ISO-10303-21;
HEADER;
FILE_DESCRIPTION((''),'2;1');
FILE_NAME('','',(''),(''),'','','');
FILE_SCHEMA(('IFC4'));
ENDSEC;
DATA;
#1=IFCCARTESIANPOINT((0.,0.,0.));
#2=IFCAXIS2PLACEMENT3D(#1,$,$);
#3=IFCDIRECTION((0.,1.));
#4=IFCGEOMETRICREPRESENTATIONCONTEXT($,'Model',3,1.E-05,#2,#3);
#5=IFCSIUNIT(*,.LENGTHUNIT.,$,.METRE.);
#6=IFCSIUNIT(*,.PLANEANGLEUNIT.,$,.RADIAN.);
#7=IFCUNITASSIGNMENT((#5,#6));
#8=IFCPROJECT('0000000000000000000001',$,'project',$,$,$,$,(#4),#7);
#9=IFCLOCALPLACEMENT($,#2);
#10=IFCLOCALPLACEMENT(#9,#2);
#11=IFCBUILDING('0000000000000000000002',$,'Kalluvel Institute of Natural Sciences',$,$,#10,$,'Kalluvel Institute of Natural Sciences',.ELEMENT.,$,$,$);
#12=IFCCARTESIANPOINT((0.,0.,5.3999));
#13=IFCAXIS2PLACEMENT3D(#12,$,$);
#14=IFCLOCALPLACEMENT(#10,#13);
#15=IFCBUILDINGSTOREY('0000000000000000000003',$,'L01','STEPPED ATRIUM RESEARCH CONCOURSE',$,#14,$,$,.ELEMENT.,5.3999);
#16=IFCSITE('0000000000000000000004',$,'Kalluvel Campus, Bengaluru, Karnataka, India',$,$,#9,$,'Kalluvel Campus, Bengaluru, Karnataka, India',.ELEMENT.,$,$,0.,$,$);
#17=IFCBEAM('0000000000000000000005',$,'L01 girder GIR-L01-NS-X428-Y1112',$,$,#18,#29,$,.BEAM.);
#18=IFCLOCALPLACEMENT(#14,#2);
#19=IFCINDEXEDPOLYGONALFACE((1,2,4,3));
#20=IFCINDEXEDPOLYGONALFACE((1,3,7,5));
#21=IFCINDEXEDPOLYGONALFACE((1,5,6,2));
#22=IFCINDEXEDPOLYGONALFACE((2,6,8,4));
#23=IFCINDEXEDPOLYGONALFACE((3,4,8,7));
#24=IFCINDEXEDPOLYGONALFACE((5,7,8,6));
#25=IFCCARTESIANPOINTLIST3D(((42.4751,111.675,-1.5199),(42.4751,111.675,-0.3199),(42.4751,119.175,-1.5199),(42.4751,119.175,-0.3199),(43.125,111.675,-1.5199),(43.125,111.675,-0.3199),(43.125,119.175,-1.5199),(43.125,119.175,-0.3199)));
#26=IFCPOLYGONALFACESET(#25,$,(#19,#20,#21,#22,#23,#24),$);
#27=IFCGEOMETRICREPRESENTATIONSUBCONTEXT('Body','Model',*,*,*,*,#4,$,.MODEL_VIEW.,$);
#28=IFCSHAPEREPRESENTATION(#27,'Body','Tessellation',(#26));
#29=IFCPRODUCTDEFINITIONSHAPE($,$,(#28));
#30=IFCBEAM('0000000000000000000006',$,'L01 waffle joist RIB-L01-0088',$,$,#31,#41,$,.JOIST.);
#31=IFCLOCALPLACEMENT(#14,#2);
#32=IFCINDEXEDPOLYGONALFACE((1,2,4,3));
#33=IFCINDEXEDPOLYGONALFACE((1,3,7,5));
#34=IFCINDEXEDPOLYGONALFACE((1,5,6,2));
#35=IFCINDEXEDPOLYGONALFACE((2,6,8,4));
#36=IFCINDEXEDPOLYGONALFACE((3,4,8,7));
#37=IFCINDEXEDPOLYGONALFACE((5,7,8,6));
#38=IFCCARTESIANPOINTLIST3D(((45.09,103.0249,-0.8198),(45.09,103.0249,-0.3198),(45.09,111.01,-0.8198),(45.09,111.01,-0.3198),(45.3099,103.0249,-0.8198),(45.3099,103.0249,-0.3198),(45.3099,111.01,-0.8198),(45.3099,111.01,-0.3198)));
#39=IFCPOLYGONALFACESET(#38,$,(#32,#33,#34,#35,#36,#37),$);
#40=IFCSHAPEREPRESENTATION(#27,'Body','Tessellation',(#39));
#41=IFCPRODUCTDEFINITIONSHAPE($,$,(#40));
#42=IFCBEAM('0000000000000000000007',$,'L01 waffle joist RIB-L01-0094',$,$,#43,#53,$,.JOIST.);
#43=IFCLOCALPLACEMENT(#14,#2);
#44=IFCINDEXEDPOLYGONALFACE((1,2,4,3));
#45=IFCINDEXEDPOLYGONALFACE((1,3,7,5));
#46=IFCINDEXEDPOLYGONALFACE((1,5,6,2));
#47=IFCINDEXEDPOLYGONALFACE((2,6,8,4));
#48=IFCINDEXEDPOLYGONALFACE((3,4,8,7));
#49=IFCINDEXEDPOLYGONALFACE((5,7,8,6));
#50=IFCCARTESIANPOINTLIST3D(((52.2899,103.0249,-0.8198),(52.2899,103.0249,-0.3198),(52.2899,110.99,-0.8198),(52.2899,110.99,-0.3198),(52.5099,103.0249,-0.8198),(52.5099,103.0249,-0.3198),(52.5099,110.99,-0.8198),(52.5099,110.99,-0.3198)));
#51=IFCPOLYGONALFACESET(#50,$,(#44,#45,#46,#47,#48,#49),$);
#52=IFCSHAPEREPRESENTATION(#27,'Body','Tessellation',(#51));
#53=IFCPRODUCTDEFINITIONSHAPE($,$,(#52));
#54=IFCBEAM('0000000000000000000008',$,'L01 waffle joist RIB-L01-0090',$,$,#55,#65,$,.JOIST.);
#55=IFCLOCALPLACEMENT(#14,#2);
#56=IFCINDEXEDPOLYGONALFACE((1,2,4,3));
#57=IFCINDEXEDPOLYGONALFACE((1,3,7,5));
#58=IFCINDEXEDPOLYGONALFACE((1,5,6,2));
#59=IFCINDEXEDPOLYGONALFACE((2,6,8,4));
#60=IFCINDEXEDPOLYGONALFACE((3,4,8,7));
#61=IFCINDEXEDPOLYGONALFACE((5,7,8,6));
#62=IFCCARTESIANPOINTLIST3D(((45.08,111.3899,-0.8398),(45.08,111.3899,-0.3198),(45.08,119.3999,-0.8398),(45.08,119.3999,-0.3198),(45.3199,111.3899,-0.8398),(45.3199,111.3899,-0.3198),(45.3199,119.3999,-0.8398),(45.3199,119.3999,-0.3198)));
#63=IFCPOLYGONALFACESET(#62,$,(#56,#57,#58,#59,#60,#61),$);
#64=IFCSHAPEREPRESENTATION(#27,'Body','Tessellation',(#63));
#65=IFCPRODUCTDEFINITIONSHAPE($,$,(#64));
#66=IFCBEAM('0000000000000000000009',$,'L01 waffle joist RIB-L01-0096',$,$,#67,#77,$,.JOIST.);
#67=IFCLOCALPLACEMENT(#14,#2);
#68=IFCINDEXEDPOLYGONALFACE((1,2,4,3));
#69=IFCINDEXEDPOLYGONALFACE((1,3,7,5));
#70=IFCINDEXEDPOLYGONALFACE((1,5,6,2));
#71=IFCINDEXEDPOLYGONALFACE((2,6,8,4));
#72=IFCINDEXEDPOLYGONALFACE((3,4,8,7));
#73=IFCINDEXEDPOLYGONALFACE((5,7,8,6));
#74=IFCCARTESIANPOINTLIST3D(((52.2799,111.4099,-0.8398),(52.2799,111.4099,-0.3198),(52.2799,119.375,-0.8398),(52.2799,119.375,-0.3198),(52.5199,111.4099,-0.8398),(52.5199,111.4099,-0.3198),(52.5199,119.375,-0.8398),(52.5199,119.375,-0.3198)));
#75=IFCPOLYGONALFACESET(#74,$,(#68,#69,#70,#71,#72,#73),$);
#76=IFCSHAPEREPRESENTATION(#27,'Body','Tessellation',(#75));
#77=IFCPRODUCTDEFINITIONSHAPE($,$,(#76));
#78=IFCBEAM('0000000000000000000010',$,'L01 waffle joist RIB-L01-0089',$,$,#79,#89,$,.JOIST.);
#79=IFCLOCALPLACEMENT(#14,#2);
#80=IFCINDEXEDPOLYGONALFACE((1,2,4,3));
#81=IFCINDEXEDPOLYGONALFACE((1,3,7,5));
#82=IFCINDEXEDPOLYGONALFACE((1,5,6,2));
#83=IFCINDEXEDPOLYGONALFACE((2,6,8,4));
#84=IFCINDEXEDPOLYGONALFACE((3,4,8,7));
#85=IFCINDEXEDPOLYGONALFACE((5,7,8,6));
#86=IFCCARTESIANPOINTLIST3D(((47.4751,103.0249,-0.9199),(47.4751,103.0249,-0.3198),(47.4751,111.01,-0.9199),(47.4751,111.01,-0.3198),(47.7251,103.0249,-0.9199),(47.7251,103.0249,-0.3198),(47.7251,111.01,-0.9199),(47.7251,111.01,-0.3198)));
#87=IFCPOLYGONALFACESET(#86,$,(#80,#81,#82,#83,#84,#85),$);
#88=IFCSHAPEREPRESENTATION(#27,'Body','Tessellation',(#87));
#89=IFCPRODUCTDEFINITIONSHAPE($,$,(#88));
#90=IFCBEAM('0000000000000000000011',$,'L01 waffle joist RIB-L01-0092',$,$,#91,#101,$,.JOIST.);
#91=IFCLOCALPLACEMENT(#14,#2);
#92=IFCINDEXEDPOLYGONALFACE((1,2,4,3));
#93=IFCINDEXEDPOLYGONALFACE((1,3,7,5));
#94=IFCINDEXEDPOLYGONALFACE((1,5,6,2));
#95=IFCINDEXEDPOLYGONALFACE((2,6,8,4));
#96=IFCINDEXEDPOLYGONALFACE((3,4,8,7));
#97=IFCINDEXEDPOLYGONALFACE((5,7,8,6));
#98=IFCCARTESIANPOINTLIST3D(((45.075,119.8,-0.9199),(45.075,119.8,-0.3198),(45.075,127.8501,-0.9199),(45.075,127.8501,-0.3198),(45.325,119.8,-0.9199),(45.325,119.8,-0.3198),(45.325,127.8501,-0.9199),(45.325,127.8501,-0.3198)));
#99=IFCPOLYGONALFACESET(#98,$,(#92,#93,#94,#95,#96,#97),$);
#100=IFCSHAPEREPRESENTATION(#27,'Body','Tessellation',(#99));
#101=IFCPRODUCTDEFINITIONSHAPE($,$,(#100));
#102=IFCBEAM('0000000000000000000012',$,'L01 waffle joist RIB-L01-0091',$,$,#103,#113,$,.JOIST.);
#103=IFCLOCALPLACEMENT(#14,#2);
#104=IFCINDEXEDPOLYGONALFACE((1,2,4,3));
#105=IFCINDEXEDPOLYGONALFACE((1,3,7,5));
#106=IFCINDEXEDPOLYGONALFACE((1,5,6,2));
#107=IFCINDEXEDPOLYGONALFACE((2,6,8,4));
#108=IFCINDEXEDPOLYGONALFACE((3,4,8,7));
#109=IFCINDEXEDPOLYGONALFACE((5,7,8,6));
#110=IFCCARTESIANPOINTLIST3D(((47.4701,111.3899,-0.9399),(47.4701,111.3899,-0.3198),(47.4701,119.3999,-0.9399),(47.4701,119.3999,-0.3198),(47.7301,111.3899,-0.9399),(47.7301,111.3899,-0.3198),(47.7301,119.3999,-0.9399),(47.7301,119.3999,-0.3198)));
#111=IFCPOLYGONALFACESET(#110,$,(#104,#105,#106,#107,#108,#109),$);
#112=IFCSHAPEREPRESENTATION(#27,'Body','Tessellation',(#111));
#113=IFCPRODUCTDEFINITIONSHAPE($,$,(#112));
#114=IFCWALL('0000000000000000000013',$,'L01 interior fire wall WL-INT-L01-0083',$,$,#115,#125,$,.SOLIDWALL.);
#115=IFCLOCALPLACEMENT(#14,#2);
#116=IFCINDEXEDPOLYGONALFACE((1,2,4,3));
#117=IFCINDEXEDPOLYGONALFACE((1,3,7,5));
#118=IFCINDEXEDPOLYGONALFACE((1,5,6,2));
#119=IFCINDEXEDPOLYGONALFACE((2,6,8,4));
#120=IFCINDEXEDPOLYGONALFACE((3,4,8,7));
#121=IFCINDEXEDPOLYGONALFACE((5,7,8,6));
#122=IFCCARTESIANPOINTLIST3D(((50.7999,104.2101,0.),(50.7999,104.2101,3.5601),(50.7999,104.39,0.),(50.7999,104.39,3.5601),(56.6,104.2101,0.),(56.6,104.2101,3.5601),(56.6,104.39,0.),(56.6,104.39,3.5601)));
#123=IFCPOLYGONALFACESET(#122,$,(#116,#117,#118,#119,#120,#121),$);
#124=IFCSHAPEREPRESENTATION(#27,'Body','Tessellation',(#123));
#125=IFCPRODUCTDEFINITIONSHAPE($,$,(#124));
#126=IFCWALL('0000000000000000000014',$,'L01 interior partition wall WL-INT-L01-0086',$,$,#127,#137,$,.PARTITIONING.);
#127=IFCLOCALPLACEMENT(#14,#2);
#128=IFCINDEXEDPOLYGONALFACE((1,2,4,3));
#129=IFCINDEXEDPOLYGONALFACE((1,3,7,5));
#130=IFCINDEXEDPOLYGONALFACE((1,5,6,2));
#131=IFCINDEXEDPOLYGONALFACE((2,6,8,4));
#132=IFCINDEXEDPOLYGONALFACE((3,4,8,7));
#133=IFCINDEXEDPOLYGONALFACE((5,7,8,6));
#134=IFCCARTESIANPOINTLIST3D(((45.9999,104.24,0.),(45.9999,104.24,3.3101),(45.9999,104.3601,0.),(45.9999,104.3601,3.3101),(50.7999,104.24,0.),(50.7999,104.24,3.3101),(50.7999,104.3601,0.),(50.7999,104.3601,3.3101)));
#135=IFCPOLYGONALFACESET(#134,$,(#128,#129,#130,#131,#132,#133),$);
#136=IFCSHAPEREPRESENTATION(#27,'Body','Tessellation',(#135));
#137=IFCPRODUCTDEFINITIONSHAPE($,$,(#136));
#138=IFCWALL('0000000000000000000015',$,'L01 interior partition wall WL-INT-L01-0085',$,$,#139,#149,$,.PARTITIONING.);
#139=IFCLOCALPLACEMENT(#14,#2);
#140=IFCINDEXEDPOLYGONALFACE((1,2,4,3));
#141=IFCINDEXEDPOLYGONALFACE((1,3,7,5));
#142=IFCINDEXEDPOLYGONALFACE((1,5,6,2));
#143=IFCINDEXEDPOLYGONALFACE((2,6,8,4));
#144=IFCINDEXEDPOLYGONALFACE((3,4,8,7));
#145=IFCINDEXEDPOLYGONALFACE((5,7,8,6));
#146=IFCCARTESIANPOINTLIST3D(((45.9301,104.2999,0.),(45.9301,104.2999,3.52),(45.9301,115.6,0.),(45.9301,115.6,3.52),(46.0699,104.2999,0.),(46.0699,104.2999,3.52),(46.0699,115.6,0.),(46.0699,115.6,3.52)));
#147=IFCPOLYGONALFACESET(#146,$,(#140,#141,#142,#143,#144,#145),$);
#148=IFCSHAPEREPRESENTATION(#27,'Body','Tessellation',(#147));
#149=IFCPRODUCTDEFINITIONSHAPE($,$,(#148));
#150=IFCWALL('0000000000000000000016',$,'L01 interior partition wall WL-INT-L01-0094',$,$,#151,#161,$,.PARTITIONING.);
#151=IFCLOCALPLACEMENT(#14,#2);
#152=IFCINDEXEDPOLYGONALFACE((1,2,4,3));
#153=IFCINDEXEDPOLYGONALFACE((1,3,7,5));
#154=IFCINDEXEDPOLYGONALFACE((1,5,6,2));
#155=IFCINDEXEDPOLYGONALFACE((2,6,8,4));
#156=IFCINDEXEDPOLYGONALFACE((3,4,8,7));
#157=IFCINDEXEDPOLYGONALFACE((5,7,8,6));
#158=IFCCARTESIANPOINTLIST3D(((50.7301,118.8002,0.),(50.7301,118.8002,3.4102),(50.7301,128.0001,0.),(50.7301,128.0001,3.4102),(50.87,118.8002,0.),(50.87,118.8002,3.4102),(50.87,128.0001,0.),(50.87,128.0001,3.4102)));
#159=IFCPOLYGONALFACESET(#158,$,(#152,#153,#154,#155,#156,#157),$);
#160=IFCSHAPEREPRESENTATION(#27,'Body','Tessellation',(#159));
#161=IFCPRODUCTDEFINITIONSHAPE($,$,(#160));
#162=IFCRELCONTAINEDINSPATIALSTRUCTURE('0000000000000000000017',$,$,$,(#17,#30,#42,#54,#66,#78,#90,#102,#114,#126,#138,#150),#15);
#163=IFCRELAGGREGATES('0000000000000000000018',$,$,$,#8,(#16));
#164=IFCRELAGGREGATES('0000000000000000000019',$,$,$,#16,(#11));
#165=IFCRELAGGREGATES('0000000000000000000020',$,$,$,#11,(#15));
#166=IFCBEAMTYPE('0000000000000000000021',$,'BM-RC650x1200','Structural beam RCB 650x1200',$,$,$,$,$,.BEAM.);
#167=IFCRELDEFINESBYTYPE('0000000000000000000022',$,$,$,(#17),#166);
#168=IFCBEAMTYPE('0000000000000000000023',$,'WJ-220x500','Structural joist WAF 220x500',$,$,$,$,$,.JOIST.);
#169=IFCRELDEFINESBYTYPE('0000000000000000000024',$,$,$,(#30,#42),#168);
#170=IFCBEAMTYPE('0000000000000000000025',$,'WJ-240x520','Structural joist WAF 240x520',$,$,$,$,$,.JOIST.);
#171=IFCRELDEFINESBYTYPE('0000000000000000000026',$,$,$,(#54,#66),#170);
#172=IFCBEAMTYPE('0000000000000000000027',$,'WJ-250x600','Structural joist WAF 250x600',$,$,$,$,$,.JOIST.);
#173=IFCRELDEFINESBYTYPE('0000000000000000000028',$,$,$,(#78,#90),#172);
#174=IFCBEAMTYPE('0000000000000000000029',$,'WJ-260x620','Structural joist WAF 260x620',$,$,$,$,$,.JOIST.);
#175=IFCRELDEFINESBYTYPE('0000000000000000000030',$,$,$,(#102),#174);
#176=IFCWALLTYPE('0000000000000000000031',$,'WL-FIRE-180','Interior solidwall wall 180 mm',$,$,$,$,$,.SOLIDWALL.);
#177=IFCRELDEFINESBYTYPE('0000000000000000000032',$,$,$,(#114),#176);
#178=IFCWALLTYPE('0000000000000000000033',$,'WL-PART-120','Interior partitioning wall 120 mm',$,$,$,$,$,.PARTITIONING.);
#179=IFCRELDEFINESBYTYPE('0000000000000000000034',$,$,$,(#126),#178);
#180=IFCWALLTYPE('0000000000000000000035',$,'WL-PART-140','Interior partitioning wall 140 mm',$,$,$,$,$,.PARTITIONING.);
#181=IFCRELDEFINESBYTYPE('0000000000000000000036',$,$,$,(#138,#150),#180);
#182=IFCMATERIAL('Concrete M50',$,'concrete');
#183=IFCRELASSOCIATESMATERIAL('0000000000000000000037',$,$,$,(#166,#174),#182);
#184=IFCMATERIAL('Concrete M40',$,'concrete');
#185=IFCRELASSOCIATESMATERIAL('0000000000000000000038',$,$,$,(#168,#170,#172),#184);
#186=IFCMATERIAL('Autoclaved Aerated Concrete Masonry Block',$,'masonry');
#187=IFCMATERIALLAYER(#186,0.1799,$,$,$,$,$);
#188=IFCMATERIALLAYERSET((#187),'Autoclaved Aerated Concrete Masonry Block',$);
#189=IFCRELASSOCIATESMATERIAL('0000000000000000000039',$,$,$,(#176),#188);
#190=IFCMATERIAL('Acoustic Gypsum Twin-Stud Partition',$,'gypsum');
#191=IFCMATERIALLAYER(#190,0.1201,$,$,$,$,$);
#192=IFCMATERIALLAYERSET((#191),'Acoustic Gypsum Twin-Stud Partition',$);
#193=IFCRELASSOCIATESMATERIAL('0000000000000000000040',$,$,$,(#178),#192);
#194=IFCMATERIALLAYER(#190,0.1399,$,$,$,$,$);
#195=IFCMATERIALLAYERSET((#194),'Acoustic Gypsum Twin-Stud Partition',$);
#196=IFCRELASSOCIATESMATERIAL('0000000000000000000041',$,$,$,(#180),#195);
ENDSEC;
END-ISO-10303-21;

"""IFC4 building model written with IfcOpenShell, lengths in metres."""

from ifc_helpers import new_model, si_unit, direction, frame, frame_2d, origin, origin_2d, place, context, subcontext, project, spatial, rectangle, extrude, material, layer, layer_set, material_profile, profile_set, type_object, element, save


model = new_model("IFC4")

# Units and contexts
model_context = context("Model", 3, precision=1e-05, world=origin(), true_north=direction((0.0, 1.0)))
body_context = subcontext(model_context, "Body", "Model", "MODEL_VIEW")
ifc_project = project(units=[si_unit("LENGTHUNIT", "METRE"), si_unit("PLANEANGLEUNIT", "RADIAN")], contexts=[model_context])

# Site, building, storey
site_placement = place(None, origin())
site = spatial("IfcSite", under=ifc_project, at=site_placement, Name="Kalluvel Campus, Bengaluru, Karnataka, India", LongName="Kalluvel Campus, Bengaluru, Karnataka, India", CompositionType="ELEMENT", RefElevation=0.0)
building_placement = place(site_placement, origin())
building = spatial("IfcBuilding", under=site, at=building_placement, Name="Kalluvel Institute of Natural Sciences", LongName="Kalluvel Institute of Natural Sciences", CompositionType="ELEMENT")
storey_placement = place(building_placement, frame((0.0, 0.0, 5.3999)))
storey = spatial("IfcBuildingStorey", under=building, at=storey_placement, Name="L01", Description="STEPPED ATRIUM RESEARCH CONCOURSE", CompositionType="ELEMENT", Elevation=5.3999)

# Shared definitions
ifc_material_1 = material(Name="Concrete M50", Category="concrete")

# Beams
ifc_material_2 = material(Name="Concrete M40", Category="concrete")
ifc_material_profile_1 = material_profile(ifc_material_1, rectangle(XDim=0.6499, YDim=1.2, at=origin_2d()), Name="RCB 650x1200")
ifc_profile_set_1 = profile_set([ifc_material_profile_1], Name="Concrete M50")
beam_type_1 = type_object("IfcBeamType", Name="BM-RC650x1200", Description="Structural beam RCB 650x1200", PredefinedType="BEAM", material=ifc_profile_set_1)
beam_1_placement = place(storey_placement, frame((42.8, 111.675, -0.9199), z_axis=(0.0, 1.0, 0.0), x_axis=(-1.0, 0.0, 0.0)))
element("IfcBeam", 1, at=beam_1_placement, inside=storey, type_object=beam_type_1, Name="L01 girder GIR-L01-NS-X428-Y1112", PredefinedType="BEAM", context=body_context, shape_type="SweptSolid", body=[
    extrude(rectangle(XDim=0.6499, YDim=1.2, at=origin_2d()), origin(), (0.0, 0.0, 1.0), 7.5),
])
ifc_material_profile_2 = material_profile(ifc_material_2, rectangle(XDim=0.22, YDim=0.5, at=origin_2d()), Name="WAF 220x500")
ifc_profile_set_2 = profile_set([ifc_material_profile_2], Name="Concrete M40")
beam_type_2 = type_object("IfcBeamType", Name="WJ-220x500", Description="Structural joist WAF 220x500", PredefinedType="JOIST", material=ifc_profile_set_2)
beam_2_placement = place(storey_placement, frame((45.2, 103.0249, -0.5698), z_axis=(0.0, 1.0, 0.0), x_axis=(-1.0, 0.0, 0.0)))
element("IfcBeam", 2, at=beam_2_placement, inside=storey, type_object=beam_type_2, Name="L01 waffle joist RIB-L01-0088", PredefinedType="JOIST", context=body_context, shape_type="SweptSolid", body=[
    extrude(rectangle(XDim=0.22, YDim=0.5, at=origin_2d()), origin(), (0.0, 0.0, 1.0), 7.9851),
])
beam_3_placement = place(storey_placement, frame((52.3999, 103.0249, -0.5698), z_axis=(0.0, 1.0, 0.0), x_axis=(-1.0, 0.0, 0.0)))
element("IfcBeam", 3, at=beam_3_placement, inside=storey, type_object=beam_type_2, Name="L01 waffle joist RIB-L01-0094", PredefinedType="JOIST", context=body_context, shape_type="SweptSolid", body=[
    extrude(rectangle(XDim=0.22, YDim=0.5, at=origin_2d()), origin(), (0.0, 0.0, 1.0), 7.9651),
])
ifc_material_profile_3 = material_profile(ifc_material_2, rectangle(XDim=0.24, YDim=0.52, at=origin_2d()), Name="WAF 240x520")
ifc_profile_set_3 = profile_set([ifc_material_profile_3], Name="Concrete M40")
beam_type_3 = type_object("IfcBeamType", Name="WJ-240x520", Description="Structural joist WAF 240x520", PredefinedType="JOIST", material=ifc_profile_set_3)
beam_4_placement = place(storey_placement, frame((45.2, 111.3899, -0.5798), z_axis=(0.0, 1.0, 0.0), x_axis=(-1.0, 0.0, 0.0)))
element("IfcBeam", 4, at=beam_4_placement, inside=storey, type_object=beam_type_3, Name="L01 waffle joist RIB-L01-0090", PredefinedType="JOIST", context=body_context, shape_type="SweptSolid", body=[
    extrude(rectangle(XDim=0.24, YDim=0.52, at=origin_2d()), origin(), (0.0, 0.0, 1.0), 8.01),
])
beam_5_placement = place(storey_placement, frame((52.3999, 111.4099, -0.5798), z_axis=(0.0, 1.0, 0.0), x_axis=(-1.0, 0.0, 0.0)))
element("IfcBeam", 5, at=beam_5_placement, inside=storey, type_object=beam_type_3, Name="L01 waffle joist RIB-L01-0096", PredefinedType="JOIST", context=body_context, shape_type="SweptSolid", body=[
    extrude(rectangle(XDim=0.24, YDim=0.52, at=origin_2d()), origin(), (0.0, 0.0, 1.0), 7.9651),
])
ifc_material_profile_4 = material_profile(ifc_material_2, rectangle(XDim=0.25, YDim=0.6001, at=origin_2d()), Name="WAF 250x600")
ifc_profile_set_4 = profile_set([ifc_material_profile_4], Name="Concrete M40")
beam_type_4 = type_object("IfcBeamType", Name="WJ-250x600", Description="Structural joist WAF 250x600", PredefinedType="JOIST", material=ifc_profile_set_4)
beam_6_placement = place(storey_placement, frame((47.6001, 103.0249, -0.6199), z_axis=(0.0, 1.0, 0.0), x_axis=(-1.0, 0.0, 0.0)))
element("IfcBeam", 6, at=beam_6_placement, inside=storey, type_object=beam_type_4, Name="L01 waffle joist RIB-L01-0089", PredefinedType="JOIST", context=body_context, shape_type="SweptSolid", body=[
    extrude(rectangle(XDim=0.25, YDim=0.6001, at=origin_2d()), origin(), (0.0, 0.0, 1.0), 7.9851),
])
beam_7_placement = place(storey_placement, frame((45.2, 119.8, -0.6199), z_axis=(0.0, 1.0, 0.0), x_axis=(-1.0, 0.0, 0.0)))
element("IfcBeam", 7, at=beam_7_placement, inside=storey, type_object=beam_type_4, Name="L01 waffle joist RIB-L01-0092", PredefinedType="JOIST", context=body_context, shape_type="SweptSolid", body=[
    extrude(rectangle(XDim=0.25, YDim=0.6001, at=origin_2d()), origin(), (0.0, 0.0, 1.0), 8.05),
])
ifc_material_profile_5 = material_profile(ifc_material_1, rectangle(XDim=0.26, YDim=0.6201, at=origin_2d()), Name="WAF 260x620")
ifc_profile_set_5 = profile_set([ifc_material_profile_5], Name="Concrete M50")
beam_type_5 = type_object("IfcBeamType", Name="WJ-260x620", Description="Structural joist WAF 260x620", PredefinedType="JOIST", material=ifc_profile_set_5)
beam_8_placement = place(storey_placement, frame((47.6001, 111.3899, -0.6299), z_axis=(0.0, 1.0, 0.0), x_axis=(-1.0, 0.0, 0.0)))
element("IfcBeam", 8, at=beam_8_placement, inside=storey, type_object=beam_type_5, Name="L01 waffle joist RIB-L01-0091", PredefinedType="JOIST", context=body_context, shape_type="SweptSolid", body=[
    extrude(rectangle(XDim=0.26, YDim=0.6201, at=origin_2d()), origin(), (0.0, 0.0, 1.0), 8.01),
])

# Walls
ifc_material_3 = material(Name="Autoclaved Aerated Concrete Masonry Block", Category="masonry")
ifc_layer_1 = layer(ifc_material_3, 0.1799)
ifc_layer_set_1 = layer_set([ifc_layer_1], Name="Autoclaved Aerated Concrete Masonry Block")
wall_type_1 = type_object("IfcWallType", Name="WL-FIRE-180", Description="Interior solidwall wall 180 mm", PredefinedType="SOLIDWALL", material=ifc_layer_set_1)
wall_1_placement = place(storey_placement, frame((50.8, 104.3, 0.0), z_axis=(0.0, 0.0, 1.0), x_axis=(1.0, 0.0, 0.0)))
element("IfcWall", 9, at=wall_1_placement, inside=storey, type_object=wall_type_1, Name="L01 interior fire wall WL-INT-L01-0083", PredefinedType="SOLIDWALL", context=body_context, shape_type="SweptSolid", body=[
    extrude(rectangle(XDim=5.8, YDim=0.1799, at=frame_2d((2.8999, 0.0))), origin(), (0.0, 0.0, 1.0), 3.5601),
])
ifc_material_4 = material(Name="Acoustic Gypsum Twin-Stud Partition", Category="gypsum")
ifc_layer_2 = layer(ifc_material_4, 0.1201)
ifc_layer_set_2 = layer_set([ifc_layer_2], Name="Acoustic Gypsum Twin-Stud Partition")
wall_type_2 = type_object("IfcWallType", Name="WL-PART-120", Description="Interior partitioning wall 120 mm", PredefinedType="PARTITIONING", material=ifc_layer_set_2)
wall_2_placement = place(storey_placement, frame((46.0, 104.3, 0.0), z_axis=(0.0, 0.0, 1.0), x_axis=(1.0, 0.0, 0.0)))
element("IfcWall", 10, at=wall_2_placement, inside=storey, type_object=wall_type_2, Name="L01 interior partition wall WL-INT-L01-0086", PredefinedType="PARTITIONING", context=body_context, shape_type="SweptSolid", body=[
    extrude(rectangle(XDim=4.8, YDim=0.1201, at=frame_2d((2.3999, 0.0))), origin(), (0.0, 0.0, 1.0), 3.3101),
])
ifc_layer_3 = layer(ifc_material_4, 0.1399)
ifc_layer_set_3 = layer_set([ifc_layer_3], Name="Acoustic Gypsum Twin-Stud Partition")
wall_type_3 = type_object("IfcWallType", Name="WL-PART-140", Description="Interior partitioning wall 140 mm", PredefinedType="PARTITIONING", material=ifc_layer_set_3)
wall_3_placement = place(storey_placement, frame((46.0, 104.3, 0.0), z_axis=(0.0, 0.0, 1.0), x_axis=(0.0, 1.0, 0.0)))
element("IfcWall", 11, at=wall_3_placement, inside=storey, type_object=wall_type_3, Name="L01 interior partition wall WL-INT-L01-0085", PredefinedType="PARTITIONING", context=body_context, shape_type="SweptSolid", body=[
    extrude(rectangle(XDim=11.3, YDim=0.1399, at=frame_2d((5.6499, 0.0))), origin(), (0.0, 0.0, 1.0), 3.52),
])
wall_4_placement = place(storey_placement, frame((50.8, 118.8, 0.0), z_axis=(0.0, 0.0, 1.0), x_axis=(0.0, 1.0, 0.0)))
element("IfcWall", 12, at=wall_4_placement, inside=storey, type_object=wall_type_3, Name="L01 interior partition wall WL-INT-L01-0094", PredefinedType="PARTITIONING", context=body_context, shape_type="SweptSolid", body=[
    extrude(rectangle(XDim=9.2, YDim=0.1399, at=frame_2d((4.6001, 0.0))), origin(), (0.0, 0.0, 1.0), 3.4102),
])

save(model, "model.ifc")
